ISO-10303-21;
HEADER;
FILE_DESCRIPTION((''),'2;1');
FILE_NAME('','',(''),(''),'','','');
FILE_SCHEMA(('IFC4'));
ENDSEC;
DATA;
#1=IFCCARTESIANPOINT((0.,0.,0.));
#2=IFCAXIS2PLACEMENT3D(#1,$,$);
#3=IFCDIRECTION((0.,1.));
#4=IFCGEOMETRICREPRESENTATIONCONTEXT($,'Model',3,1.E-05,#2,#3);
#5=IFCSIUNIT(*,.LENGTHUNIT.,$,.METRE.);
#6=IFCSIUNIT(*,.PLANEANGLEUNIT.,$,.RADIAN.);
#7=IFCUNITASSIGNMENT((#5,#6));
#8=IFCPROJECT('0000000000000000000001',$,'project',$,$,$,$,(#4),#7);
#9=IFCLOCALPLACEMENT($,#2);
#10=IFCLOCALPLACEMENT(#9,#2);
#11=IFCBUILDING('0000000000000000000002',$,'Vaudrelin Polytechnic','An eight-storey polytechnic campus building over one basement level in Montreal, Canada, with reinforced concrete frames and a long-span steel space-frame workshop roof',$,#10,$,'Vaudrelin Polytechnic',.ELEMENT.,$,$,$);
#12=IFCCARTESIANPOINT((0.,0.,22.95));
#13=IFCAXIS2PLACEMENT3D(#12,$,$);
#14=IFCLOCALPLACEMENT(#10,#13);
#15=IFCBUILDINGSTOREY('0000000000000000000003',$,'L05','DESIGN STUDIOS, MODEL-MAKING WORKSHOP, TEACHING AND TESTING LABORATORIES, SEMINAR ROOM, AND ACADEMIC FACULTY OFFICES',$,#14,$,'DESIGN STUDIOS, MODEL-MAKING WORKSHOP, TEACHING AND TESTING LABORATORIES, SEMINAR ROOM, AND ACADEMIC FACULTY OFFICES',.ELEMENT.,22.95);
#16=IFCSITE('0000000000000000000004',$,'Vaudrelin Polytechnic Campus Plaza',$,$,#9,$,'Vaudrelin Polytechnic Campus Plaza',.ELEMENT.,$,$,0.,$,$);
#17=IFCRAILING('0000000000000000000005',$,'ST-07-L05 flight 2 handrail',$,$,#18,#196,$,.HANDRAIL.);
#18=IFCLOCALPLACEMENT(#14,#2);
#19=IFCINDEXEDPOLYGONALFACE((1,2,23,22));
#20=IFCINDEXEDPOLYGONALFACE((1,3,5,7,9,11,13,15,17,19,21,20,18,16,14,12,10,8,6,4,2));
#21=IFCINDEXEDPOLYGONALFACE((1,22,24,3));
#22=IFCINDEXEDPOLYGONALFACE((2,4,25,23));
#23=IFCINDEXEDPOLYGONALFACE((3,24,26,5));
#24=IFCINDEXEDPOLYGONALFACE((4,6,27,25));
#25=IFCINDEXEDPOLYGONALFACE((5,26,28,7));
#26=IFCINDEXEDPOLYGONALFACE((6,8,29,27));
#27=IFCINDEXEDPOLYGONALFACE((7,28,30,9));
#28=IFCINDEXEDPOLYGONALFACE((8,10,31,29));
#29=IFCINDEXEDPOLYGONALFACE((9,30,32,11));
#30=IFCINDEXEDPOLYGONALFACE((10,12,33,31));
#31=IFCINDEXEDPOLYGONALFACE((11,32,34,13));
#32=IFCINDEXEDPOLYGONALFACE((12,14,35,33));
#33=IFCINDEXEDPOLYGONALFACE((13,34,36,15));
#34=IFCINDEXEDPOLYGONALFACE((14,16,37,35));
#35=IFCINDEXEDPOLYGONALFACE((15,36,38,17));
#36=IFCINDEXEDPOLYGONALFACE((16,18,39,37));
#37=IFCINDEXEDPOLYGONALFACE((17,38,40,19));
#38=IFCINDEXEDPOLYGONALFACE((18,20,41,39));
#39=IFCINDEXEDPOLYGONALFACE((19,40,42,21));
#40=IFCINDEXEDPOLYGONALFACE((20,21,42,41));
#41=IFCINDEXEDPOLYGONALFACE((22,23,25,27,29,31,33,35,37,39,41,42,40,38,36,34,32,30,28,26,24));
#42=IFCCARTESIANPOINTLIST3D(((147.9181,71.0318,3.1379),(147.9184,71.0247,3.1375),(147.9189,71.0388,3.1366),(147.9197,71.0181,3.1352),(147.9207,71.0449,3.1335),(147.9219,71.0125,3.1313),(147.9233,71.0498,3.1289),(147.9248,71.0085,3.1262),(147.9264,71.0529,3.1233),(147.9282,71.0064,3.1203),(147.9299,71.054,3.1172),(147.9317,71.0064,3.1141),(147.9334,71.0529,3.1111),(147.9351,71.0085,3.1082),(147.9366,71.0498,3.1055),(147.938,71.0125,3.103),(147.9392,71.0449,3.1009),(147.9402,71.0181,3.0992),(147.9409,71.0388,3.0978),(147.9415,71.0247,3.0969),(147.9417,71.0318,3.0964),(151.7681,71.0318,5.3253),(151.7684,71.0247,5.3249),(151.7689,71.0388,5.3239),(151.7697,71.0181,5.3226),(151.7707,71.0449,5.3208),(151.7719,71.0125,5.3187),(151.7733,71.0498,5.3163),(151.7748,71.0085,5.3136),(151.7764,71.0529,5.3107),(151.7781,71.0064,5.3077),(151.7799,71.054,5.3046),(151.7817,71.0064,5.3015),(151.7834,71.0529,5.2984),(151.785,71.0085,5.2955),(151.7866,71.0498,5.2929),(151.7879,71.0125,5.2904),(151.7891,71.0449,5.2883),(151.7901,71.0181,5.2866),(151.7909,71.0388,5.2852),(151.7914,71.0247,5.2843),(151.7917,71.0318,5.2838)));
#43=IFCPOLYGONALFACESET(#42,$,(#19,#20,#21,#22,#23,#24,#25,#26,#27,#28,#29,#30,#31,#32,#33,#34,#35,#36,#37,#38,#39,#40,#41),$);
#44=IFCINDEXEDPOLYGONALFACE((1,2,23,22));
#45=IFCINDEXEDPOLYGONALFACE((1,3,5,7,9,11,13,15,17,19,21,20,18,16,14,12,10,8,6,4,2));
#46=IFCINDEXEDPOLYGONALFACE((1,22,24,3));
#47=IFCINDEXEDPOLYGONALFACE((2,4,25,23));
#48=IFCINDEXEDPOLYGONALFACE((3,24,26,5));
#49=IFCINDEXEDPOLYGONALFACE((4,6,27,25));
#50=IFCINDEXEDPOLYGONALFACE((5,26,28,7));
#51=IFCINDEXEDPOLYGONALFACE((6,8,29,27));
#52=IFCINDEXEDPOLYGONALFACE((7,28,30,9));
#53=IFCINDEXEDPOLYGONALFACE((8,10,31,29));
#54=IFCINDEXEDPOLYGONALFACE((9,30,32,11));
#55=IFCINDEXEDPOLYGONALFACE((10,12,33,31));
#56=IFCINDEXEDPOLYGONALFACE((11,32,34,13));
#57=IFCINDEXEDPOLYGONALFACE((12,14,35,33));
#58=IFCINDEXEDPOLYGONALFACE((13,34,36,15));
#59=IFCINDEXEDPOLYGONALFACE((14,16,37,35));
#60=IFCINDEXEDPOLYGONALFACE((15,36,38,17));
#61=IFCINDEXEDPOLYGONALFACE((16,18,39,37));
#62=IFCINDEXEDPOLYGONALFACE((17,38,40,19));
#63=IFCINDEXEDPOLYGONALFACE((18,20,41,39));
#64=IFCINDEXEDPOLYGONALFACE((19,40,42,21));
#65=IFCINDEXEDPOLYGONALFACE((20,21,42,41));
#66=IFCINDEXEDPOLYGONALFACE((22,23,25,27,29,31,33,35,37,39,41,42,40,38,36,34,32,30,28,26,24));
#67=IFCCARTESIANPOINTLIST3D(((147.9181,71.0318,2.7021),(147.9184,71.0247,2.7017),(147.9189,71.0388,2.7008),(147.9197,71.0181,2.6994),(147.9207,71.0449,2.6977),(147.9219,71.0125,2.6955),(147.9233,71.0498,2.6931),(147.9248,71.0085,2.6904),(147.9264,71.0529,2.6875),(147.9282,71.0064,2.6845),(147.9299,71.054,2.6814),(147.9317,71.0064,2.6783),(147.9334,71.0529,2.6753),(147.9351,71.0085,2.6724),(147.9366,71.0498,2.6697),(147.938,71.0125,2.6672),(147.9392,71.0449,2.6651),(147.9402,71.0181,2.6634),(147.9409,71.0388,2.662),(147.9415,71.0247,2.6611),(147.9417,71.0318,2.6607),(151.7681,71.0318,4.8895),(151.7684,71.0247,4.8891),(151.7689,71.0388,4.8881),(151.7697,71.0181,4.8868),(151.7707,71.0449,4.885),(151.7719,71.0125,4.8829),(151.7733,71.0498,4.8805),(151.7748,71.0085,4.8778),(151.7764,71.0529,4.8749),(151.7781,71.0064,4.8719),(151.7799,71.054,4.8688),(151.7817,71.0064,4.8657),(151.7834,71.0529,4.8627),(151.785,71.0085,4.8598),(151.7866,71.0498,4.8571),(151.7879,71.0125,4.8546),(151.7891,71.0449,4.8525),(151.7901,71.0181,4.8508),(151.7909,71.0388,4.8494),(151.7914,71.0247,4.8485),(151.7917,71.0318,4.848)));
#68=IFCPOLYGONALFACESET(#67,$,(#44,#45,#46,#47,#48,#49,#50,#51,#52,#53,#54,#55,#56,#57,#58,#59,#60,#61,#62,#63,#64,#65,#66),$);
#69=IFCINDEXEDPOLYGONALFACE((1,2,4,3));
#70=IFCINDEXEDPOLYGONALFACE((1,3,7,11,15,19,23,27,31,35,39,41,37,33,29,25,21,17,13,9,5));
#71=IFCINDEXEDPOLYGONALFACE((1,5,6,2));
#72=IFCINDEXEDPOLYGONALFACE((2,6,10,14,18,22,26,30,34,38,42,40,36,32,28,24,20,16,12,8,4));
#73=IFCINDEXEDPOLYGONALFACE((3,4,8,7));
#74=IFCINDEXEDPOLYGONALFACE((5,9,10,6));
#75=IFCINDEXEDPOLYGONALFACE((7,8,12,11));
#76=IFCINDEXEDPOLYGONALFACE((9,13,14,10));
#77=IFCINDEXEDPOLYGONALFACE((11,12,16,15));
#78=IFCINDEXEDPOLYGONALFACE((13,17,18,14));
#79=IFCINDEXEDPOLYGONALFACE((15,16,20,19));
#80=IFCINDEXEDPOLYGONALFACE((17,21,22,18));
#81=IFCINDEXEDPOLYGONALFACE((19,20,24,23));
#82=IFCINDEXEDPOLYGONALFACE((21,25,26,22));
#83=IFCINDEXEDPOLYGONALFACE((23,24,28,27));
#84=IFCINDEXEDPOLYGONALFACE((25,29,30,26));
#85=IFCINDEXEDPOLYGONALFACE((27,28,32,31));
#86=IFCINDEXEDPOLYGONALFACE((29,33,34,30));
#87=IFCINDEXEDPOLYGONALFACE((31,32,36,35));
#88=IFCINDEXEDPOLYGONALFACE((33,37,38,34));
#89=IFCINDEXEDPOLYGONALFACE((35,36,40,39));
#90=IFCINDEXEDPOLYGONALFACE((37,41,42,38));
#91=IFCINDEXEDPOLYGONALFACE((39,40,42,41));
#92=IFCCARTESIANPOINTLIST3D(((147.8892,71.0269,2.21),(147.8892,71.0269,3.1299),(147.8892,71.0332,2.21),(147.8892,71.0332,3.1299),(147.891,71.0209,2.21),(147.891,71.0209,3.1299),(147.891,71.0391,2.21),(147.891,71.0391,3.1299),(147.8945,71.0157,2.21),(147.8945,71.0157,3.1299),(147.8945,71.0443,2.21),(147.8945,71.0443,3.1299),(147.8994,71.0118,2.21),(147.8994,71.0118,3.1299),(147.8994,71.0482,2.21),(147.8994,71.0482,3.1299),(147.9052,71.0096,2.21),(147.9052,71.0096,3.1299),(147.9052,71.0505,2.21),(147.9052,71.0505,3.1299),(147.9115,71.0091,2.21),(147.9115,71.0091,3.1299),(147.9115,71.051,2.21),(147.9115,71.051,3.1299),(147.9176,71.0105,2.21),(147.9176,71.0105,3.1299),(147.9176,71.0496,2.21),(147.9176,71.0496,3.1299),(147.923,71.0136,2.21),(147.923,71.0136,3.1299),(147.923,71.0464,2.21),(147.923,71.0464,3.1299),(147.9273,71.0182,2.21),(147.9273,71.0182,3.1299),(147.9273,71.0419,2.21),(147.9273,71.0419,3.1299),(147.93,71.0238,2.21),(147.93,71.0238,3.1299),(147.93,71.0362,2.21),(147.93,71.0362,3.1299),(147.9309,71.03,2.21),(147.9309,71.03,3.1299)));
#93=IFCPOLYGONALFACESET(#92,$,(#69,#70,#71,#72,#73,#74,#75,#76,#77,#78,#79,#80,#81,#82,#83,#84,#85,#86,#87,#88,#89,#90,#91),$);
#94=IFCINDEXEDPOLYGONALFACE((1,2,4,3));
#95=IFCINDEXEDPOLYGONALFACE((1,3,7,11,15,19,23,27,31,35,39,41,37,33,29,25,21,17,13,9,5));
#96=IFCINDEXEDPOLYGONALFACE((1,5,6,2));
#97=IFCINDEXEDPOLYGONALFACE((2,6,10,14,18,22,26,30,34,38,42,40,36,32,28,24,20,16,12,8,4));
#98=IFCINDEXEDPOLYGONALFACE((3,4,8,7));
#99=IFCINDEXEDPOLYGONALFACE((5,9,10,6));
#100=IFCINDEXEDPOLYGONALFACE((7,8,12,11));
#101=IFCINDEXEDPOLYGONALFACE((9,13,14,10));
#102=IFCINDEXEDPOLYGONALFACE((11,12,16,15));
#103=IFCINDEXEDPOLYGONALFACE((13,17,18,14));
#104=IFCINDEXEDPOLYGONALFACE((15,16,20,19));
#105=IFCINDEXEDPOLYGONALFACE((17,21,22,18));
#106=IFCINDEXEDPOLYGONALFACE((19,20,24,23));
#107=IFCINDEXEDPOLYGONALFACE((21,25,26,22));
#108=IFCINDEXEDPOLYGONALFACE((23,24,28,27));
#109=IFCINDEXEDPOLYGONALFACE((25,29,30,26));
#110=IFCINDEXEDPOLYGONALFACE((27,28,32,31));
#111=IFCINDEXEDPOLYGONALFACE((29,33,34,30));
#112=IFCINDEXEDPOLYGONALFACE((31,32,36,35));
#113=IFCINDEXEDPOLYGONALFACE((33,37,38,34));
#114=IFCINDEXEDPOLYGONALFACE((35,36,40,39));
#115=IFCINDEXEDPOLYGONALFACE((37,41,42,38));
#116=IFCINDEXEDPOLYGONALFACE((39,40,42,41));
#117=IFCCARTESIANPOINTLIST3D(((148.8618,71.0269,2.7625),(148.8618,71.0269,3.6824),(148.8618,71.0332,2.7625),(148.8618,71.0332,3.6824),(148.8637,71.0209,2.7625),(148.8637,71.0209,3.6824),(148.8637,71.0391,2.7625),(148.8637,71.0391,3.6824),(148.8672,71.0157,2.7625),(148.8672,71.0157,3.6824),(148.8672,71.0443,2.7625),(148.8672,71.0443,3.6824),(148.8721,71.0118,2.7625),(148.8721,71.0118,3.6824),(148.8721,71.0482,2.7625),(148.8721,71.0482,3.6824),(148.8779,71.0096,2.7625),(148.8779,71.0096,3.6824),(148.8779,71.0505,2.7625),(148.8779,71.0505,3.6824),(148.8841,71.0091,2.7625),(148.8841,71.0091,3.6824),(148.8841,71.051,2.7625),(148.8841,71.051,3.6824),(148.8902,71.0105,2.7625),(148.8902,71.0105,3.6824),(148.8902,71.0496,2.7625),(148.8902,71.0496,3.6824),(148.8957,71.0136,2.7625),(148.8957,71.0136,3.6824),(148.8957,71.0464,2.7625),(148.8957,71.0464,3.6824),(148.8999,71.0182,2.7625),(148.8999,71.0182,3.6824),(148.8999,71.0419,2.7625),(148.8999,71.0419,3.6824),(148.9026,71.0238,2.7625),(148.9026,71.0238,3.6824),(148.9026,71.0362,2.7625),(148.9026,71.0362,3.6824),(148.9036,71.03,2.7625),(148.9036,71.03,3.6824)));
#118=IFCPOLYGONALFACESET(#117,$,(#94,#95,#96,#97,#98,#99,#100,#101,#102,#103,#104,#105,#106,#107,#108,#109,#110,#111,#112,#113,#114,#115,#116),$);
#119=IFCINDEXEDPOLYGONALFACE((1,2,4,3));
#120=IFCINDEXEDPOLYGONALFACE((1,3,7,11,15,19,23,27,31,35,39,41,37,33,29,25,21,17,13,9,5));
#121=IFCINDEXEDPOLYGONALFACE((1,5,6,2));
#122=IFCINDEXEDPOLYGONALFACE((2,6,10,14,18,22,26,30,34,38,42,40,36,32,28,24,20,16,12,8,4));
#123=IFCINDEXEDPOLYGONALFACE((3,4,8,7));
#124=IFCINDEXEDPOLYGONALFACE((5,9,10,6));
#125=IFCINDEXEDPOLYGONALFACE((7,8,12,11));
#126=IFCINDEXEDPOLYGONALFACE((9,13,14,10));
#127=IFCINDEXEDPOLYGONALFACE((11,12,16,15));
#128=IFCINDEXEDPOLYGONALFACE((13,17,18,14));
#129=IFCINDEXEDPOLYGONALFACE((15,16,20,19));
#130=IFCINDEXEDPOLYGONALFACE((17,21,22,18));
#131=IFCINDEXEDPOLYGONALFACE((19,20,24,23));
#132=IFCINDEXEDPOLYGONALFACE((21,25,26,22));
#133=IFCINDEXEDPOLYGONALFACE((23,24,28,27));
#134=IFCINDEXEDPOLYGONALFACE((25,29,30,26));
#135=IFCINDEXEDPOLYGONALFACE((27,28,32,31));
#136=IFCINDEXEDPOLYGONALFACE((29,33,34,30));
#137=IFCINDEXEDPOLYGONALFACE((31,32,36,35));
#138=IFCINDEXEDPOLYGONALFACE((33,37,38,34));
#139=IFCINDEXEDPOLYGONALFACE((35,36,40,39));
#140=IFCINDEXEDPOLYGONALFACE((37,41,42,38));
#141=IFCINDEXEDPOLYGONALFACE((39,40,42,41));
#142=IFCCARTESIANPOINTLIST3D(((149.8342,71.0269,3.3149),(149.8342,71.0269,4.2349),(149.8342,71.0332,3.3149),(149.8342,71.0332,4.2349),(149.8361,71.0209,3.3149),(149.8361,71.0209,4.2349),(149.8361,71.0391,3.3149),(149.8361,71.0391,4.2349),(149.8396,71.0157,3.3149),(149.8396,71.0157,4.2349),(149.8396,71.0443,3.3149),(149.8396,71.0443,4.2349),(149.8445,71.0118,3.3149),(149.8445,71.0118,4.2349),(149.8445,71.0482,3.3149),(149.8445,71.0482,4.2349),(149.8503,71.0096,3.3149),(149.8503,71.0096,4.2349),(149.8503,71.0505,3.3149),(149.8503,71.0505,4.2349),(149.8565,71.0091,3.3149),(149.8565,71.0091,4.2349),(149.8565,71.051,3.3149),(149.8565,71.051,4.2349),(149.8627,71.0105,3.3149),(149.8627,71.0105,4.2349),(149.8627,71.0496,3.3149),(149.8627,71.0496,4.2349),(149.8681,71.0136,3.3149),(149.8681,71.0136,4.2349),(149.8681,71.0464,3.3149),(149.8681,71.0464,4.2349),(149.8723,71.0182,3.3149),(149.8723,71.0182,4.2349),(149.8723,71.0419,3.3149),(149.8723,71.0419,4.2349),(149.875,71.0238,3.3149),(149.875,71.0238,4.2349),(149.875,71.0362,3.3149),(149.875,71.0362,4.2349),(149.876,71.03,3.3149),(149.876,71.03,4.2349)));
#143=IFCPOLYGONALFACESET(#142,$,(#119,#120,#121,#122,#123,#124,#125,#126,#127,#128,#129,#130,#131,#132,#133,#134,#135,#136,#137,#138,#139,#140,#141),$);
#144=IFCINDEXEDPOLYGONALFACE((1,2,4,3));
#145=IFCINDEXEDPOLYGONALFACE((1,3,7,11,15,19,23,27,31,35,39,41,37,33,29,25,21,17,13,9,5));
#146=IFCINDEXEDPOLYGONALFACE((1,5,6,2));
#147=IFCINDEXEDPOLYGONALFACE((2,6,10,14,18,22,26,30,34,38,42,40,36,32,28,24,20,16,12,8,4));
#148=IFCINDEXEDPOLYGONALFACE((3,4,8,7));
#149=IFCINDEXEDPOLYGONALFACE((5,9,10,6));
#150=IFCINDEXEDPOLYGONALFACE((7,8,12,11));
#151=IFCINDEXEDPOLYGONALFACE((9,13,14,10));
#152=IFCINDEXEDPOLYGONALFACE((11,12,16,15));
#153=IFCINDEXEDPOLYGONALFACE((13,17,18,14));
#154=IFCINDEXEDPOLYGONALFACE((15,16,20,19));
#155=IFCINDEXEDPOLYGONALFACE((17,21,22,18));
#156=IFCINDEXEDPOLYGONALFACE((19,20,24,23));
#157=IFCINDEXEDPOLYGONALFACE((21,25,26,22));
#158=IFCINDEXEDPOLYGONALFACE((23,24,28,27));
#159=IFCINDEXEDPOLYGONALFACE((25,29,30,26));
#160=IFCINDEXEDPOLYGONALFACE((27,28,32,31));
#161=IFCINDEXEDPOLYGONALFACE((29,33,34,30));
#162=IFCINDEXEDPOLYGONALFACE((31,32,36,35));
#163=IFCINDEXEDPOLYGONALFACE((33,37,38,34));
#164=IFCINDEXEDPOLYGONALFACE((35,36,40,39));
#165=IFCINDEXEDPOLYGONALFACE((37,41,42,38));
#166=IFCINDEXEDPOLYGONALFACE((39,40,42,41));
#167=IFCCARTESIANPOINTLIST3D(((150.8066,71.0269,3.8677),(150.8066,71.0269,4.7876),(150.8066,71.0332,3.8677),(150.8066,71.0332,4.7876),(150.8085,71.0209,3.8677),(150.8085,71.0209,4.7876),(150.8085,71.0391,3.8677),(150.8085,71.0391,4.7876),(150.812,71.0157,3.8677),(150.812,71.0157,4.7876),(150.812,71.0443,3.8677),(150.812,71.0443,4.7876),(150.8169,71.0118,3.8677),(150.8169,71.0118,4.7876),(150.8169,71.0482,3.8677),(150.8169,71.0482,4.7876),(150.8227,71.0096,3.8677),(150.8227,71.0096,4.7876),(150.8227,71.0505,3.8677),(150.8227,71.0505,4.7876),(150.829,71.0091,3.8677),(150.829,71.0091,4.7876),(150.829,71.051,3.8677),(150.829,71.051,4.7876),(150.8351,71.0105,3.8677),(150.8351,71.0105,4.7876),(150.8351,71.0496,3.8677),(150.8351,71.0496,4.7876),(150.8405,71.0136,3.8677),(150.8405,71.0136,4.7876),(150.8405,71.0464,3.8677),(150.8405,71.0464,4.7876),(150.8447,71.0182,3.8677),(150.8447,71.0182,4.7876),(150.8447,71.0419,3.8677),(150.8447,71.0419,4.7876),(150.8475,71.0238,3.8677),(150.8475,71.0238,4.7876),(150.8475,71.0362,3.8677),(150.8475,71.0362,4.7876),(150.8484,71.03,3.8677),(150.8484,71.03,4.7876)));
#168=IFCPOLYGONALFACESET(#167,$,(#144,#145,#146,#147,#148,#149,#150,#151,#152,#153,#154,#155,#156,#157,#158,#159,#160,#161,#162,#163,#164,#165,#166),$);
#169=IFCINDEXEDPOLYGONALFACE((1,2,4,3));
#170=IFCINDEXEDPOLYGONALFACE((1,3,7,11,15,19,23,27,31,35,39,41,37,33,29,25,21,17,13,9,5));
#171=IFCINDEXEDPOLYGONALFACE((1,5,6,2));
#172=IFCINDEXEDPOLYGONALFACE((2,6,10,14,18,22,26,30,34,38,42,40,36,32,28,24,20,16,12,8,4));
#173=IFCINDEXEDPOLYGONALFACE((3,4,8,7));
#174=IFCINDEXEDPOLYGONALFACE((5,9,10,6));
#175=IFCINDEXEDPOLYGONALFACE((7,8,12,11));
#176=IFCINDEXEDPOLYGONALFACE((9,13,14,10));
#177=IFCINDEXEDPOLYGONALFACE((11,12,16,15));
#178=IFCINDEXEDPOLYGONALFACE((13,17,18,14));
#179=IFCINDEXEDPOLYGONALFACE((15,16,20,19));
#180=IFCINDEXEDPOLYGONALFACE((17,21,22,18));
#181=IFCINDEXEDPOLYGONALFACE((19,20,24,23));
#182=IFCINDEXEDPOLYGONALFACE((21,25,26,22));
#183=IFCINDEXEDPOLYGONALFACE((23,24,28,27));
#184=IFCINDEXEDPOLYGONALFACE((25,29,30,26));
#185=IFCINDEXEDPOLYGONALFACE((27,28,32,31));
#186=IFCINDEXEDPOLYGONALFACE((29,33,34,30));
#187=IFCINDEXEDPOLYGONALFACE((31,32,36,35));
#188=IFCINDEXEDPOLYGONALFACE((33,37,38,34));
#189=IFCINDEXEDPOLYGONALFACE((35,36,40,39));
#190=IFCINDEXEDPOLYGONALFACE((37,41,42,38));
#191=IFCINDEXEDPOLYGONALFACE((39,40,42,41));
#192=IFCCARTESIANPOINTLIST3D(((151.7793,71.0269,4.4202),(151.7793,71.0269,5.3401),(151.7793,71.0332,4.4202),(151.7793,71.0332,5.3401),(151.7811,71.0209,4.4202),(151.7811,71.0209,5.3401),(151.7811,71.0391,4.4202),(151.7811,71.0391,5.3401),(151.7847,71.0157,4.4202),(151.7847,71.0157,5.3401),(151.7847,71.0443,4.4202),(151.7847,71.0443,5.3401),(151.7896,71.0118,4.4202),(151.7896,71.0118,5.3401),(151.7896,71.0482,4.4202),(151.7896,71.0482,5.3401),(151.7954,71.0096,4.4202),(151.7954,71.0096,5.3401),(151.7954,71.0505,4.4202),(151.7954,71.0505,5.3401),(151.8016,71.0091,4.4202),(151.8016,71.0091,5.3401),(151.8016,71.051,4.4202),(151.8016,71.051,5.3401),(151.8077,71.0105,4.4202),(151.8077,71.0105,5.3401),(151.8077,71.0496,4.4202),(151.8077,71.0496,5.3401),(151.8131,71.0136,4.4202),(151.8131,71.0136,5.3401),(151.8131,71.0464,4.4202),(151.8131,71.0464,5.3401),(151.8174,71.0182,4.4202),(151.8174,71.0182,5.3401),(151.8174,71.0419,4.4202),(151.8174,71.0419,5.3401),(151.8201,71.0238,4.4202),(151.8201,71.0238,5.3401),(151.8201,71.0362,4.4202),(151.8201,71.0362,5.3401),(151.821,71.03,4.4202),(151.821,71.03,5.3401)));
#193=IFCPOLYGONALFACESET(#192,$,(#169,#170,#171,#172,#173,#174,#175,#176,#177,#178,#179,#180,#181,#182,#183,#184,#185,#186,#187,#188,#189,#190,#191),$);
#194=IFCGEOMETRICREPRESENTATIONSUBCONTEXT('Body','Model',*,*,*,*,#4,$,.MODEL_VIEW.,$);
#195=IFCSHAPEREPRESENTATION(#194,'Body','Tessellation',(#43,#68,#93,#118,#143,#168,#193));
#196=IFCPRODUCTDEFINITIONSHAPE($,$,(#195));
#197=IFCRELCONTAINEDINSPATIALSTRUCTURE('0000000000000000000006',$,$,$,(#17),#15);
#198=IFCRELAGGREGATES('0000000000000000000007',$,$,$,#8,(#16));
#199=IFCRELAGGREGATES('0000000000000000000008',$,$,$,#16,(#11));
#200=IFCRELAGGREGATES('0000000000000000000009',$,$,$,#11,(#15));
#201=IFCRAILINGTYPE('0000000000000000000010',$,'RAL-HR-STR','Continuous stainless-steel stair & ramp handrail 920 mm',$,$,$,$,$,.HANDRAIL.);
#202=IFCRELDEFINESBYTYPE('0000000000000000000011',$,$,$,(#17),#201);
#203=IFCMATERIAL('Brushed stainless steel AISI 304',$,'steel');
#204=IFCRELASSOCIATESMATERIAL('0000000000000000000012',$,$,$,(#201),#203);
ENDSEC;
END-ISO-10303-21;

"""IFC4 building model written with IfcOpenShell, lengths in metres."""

from ifc_helpers import new_model, si_unit, direction, frame, origin, origin_2d, place, context, subcontext, project, spatial, circle, extrude, material, type_object, element, save


model = new_model("IFC4")

# Units and contexts
model_context = context("Model", 3, precision=1e-05, world=origin(), true_north=direction((0.0, 1.0)))
body_context = subcontext(model_context, "Body", "Model", "MODEL_VIEW")
ifc_project = project(units=[si_unit("LENGTHUNIT", "METRE"), si_unit("PLANEANGLEUNIT", "RADIAN")], contexts=[model_context])

# Site, building, storey
site_placement = place(None, origin())
site = spatial("IfcSite", under=ifc_project, at=site_placement, Name="Vaudrelin Polytechnic Campus Plaza", LongName="Vaudrelin Polytechnic Campus Plaza", CompositionType="ELEMENT", RefElevation=0.0)
building_placement = place(site_placement, origin())
building = spatial("IfcBuilding", under=site, at=building_placement, Name="Vaudrelin Polytechnic", Description="An eight-storey polytechnic campus building over one basement level in Montreal, Canada, with reinforced concrete frames and a long-span steel space-frame workshop roof", LongName="Vaudrelin Polytechnic", CompositionType="ELEMENT")
storey_placement = place(building_placement, frame((0.0, 0.0, 22.95)))
storey = spatial("IfcBuildingStorey", under=building, at=storey_placement, Name="L05", Description="DESIGN STUDIOS, MODEL-MAKING WORKSHOP, TEACHING AND TESTING LABORATORIES, SEMINAR ROOM, AND ACADEMIC FACULTY OFFICES", LongName="DESIGN STUDIOS, MODEL-MAKING WORKSHOP, TEACHING AND TESTING LABORATORIES, SEMINAR ROOM, AND ACADEMIC FACULTY OFFICES", CompositionType="ELEMENT", Elevation=22.95)

# Railing
ifc_material_1 = material(Name="Brushed stainless steel AISI 304", Category="steel")
railing_type_1 = type_object("IfcRailingType", Name="RAL-HR-STR", Description="Continuous stainless-steel stair & ramp handrail 920 mm", PredefinedType="HANDRAIL", material=ifc_material_1)
railing_1_placement = place(storey_placement, frame((147.9099, 71.03, 2.21)))
element("IfcRailing", 1, at=railing_1_placement, inside=storey, type_object=railing_type_1, Name="ST-07-L05 flight 2 handrail", PredefinedType="HANDRAIL", context=body_context, shape_type="SweptSolid", body=[
    extrude(circle(Radius=0.0239, at=origin_2d()), frame((0.02, 0.0, 0.9072), z_axis=(0.869466, 0.0, 0.493993), x_axis=(0.0, 1.0, 0.0)), (0.0, 0.0, 1.0), 4.428),
    extrude(circle(Radius=0.0239, at=origin_2d()), frame((0.02, 0.0, 0.4714), z_axis=(0.869466, 0.0, 0.493993), x_axis=(0.0, 1.0, 0.0)), (0.0, 0.0, 1.0), 4.428),
    extrude(circle(Radius=0.021, at=origin_2d()), origin(), (0.0, 0.0, 1.0), 0.9199),
    extrude(circle(Radius=0.021, at=origin_2d()), frame((0.9727, 0.0, 0.5525)), (0.0, 0.0, 1.0), 0.9199),
    extrude(circle(Radius=0.021, at=origin_2d()), frame((1.9451, 0.0, 1.105)), (0.0, 0.0, 1.0), 0.9199),
    extrude(circle(Radius=0.021, at=origin_2d()), frame((2.9175, 0.0, 1.6577)), (0.0, 0.0, 1.0), 0.9199),
    extrude(circle(Radius=0.021, at=origin_2d()), frame((3.8901, 0.0, 2.2102)), (0.0, 0.0, 1.0), 0.9199),
])

save(model, "model.ifc")
